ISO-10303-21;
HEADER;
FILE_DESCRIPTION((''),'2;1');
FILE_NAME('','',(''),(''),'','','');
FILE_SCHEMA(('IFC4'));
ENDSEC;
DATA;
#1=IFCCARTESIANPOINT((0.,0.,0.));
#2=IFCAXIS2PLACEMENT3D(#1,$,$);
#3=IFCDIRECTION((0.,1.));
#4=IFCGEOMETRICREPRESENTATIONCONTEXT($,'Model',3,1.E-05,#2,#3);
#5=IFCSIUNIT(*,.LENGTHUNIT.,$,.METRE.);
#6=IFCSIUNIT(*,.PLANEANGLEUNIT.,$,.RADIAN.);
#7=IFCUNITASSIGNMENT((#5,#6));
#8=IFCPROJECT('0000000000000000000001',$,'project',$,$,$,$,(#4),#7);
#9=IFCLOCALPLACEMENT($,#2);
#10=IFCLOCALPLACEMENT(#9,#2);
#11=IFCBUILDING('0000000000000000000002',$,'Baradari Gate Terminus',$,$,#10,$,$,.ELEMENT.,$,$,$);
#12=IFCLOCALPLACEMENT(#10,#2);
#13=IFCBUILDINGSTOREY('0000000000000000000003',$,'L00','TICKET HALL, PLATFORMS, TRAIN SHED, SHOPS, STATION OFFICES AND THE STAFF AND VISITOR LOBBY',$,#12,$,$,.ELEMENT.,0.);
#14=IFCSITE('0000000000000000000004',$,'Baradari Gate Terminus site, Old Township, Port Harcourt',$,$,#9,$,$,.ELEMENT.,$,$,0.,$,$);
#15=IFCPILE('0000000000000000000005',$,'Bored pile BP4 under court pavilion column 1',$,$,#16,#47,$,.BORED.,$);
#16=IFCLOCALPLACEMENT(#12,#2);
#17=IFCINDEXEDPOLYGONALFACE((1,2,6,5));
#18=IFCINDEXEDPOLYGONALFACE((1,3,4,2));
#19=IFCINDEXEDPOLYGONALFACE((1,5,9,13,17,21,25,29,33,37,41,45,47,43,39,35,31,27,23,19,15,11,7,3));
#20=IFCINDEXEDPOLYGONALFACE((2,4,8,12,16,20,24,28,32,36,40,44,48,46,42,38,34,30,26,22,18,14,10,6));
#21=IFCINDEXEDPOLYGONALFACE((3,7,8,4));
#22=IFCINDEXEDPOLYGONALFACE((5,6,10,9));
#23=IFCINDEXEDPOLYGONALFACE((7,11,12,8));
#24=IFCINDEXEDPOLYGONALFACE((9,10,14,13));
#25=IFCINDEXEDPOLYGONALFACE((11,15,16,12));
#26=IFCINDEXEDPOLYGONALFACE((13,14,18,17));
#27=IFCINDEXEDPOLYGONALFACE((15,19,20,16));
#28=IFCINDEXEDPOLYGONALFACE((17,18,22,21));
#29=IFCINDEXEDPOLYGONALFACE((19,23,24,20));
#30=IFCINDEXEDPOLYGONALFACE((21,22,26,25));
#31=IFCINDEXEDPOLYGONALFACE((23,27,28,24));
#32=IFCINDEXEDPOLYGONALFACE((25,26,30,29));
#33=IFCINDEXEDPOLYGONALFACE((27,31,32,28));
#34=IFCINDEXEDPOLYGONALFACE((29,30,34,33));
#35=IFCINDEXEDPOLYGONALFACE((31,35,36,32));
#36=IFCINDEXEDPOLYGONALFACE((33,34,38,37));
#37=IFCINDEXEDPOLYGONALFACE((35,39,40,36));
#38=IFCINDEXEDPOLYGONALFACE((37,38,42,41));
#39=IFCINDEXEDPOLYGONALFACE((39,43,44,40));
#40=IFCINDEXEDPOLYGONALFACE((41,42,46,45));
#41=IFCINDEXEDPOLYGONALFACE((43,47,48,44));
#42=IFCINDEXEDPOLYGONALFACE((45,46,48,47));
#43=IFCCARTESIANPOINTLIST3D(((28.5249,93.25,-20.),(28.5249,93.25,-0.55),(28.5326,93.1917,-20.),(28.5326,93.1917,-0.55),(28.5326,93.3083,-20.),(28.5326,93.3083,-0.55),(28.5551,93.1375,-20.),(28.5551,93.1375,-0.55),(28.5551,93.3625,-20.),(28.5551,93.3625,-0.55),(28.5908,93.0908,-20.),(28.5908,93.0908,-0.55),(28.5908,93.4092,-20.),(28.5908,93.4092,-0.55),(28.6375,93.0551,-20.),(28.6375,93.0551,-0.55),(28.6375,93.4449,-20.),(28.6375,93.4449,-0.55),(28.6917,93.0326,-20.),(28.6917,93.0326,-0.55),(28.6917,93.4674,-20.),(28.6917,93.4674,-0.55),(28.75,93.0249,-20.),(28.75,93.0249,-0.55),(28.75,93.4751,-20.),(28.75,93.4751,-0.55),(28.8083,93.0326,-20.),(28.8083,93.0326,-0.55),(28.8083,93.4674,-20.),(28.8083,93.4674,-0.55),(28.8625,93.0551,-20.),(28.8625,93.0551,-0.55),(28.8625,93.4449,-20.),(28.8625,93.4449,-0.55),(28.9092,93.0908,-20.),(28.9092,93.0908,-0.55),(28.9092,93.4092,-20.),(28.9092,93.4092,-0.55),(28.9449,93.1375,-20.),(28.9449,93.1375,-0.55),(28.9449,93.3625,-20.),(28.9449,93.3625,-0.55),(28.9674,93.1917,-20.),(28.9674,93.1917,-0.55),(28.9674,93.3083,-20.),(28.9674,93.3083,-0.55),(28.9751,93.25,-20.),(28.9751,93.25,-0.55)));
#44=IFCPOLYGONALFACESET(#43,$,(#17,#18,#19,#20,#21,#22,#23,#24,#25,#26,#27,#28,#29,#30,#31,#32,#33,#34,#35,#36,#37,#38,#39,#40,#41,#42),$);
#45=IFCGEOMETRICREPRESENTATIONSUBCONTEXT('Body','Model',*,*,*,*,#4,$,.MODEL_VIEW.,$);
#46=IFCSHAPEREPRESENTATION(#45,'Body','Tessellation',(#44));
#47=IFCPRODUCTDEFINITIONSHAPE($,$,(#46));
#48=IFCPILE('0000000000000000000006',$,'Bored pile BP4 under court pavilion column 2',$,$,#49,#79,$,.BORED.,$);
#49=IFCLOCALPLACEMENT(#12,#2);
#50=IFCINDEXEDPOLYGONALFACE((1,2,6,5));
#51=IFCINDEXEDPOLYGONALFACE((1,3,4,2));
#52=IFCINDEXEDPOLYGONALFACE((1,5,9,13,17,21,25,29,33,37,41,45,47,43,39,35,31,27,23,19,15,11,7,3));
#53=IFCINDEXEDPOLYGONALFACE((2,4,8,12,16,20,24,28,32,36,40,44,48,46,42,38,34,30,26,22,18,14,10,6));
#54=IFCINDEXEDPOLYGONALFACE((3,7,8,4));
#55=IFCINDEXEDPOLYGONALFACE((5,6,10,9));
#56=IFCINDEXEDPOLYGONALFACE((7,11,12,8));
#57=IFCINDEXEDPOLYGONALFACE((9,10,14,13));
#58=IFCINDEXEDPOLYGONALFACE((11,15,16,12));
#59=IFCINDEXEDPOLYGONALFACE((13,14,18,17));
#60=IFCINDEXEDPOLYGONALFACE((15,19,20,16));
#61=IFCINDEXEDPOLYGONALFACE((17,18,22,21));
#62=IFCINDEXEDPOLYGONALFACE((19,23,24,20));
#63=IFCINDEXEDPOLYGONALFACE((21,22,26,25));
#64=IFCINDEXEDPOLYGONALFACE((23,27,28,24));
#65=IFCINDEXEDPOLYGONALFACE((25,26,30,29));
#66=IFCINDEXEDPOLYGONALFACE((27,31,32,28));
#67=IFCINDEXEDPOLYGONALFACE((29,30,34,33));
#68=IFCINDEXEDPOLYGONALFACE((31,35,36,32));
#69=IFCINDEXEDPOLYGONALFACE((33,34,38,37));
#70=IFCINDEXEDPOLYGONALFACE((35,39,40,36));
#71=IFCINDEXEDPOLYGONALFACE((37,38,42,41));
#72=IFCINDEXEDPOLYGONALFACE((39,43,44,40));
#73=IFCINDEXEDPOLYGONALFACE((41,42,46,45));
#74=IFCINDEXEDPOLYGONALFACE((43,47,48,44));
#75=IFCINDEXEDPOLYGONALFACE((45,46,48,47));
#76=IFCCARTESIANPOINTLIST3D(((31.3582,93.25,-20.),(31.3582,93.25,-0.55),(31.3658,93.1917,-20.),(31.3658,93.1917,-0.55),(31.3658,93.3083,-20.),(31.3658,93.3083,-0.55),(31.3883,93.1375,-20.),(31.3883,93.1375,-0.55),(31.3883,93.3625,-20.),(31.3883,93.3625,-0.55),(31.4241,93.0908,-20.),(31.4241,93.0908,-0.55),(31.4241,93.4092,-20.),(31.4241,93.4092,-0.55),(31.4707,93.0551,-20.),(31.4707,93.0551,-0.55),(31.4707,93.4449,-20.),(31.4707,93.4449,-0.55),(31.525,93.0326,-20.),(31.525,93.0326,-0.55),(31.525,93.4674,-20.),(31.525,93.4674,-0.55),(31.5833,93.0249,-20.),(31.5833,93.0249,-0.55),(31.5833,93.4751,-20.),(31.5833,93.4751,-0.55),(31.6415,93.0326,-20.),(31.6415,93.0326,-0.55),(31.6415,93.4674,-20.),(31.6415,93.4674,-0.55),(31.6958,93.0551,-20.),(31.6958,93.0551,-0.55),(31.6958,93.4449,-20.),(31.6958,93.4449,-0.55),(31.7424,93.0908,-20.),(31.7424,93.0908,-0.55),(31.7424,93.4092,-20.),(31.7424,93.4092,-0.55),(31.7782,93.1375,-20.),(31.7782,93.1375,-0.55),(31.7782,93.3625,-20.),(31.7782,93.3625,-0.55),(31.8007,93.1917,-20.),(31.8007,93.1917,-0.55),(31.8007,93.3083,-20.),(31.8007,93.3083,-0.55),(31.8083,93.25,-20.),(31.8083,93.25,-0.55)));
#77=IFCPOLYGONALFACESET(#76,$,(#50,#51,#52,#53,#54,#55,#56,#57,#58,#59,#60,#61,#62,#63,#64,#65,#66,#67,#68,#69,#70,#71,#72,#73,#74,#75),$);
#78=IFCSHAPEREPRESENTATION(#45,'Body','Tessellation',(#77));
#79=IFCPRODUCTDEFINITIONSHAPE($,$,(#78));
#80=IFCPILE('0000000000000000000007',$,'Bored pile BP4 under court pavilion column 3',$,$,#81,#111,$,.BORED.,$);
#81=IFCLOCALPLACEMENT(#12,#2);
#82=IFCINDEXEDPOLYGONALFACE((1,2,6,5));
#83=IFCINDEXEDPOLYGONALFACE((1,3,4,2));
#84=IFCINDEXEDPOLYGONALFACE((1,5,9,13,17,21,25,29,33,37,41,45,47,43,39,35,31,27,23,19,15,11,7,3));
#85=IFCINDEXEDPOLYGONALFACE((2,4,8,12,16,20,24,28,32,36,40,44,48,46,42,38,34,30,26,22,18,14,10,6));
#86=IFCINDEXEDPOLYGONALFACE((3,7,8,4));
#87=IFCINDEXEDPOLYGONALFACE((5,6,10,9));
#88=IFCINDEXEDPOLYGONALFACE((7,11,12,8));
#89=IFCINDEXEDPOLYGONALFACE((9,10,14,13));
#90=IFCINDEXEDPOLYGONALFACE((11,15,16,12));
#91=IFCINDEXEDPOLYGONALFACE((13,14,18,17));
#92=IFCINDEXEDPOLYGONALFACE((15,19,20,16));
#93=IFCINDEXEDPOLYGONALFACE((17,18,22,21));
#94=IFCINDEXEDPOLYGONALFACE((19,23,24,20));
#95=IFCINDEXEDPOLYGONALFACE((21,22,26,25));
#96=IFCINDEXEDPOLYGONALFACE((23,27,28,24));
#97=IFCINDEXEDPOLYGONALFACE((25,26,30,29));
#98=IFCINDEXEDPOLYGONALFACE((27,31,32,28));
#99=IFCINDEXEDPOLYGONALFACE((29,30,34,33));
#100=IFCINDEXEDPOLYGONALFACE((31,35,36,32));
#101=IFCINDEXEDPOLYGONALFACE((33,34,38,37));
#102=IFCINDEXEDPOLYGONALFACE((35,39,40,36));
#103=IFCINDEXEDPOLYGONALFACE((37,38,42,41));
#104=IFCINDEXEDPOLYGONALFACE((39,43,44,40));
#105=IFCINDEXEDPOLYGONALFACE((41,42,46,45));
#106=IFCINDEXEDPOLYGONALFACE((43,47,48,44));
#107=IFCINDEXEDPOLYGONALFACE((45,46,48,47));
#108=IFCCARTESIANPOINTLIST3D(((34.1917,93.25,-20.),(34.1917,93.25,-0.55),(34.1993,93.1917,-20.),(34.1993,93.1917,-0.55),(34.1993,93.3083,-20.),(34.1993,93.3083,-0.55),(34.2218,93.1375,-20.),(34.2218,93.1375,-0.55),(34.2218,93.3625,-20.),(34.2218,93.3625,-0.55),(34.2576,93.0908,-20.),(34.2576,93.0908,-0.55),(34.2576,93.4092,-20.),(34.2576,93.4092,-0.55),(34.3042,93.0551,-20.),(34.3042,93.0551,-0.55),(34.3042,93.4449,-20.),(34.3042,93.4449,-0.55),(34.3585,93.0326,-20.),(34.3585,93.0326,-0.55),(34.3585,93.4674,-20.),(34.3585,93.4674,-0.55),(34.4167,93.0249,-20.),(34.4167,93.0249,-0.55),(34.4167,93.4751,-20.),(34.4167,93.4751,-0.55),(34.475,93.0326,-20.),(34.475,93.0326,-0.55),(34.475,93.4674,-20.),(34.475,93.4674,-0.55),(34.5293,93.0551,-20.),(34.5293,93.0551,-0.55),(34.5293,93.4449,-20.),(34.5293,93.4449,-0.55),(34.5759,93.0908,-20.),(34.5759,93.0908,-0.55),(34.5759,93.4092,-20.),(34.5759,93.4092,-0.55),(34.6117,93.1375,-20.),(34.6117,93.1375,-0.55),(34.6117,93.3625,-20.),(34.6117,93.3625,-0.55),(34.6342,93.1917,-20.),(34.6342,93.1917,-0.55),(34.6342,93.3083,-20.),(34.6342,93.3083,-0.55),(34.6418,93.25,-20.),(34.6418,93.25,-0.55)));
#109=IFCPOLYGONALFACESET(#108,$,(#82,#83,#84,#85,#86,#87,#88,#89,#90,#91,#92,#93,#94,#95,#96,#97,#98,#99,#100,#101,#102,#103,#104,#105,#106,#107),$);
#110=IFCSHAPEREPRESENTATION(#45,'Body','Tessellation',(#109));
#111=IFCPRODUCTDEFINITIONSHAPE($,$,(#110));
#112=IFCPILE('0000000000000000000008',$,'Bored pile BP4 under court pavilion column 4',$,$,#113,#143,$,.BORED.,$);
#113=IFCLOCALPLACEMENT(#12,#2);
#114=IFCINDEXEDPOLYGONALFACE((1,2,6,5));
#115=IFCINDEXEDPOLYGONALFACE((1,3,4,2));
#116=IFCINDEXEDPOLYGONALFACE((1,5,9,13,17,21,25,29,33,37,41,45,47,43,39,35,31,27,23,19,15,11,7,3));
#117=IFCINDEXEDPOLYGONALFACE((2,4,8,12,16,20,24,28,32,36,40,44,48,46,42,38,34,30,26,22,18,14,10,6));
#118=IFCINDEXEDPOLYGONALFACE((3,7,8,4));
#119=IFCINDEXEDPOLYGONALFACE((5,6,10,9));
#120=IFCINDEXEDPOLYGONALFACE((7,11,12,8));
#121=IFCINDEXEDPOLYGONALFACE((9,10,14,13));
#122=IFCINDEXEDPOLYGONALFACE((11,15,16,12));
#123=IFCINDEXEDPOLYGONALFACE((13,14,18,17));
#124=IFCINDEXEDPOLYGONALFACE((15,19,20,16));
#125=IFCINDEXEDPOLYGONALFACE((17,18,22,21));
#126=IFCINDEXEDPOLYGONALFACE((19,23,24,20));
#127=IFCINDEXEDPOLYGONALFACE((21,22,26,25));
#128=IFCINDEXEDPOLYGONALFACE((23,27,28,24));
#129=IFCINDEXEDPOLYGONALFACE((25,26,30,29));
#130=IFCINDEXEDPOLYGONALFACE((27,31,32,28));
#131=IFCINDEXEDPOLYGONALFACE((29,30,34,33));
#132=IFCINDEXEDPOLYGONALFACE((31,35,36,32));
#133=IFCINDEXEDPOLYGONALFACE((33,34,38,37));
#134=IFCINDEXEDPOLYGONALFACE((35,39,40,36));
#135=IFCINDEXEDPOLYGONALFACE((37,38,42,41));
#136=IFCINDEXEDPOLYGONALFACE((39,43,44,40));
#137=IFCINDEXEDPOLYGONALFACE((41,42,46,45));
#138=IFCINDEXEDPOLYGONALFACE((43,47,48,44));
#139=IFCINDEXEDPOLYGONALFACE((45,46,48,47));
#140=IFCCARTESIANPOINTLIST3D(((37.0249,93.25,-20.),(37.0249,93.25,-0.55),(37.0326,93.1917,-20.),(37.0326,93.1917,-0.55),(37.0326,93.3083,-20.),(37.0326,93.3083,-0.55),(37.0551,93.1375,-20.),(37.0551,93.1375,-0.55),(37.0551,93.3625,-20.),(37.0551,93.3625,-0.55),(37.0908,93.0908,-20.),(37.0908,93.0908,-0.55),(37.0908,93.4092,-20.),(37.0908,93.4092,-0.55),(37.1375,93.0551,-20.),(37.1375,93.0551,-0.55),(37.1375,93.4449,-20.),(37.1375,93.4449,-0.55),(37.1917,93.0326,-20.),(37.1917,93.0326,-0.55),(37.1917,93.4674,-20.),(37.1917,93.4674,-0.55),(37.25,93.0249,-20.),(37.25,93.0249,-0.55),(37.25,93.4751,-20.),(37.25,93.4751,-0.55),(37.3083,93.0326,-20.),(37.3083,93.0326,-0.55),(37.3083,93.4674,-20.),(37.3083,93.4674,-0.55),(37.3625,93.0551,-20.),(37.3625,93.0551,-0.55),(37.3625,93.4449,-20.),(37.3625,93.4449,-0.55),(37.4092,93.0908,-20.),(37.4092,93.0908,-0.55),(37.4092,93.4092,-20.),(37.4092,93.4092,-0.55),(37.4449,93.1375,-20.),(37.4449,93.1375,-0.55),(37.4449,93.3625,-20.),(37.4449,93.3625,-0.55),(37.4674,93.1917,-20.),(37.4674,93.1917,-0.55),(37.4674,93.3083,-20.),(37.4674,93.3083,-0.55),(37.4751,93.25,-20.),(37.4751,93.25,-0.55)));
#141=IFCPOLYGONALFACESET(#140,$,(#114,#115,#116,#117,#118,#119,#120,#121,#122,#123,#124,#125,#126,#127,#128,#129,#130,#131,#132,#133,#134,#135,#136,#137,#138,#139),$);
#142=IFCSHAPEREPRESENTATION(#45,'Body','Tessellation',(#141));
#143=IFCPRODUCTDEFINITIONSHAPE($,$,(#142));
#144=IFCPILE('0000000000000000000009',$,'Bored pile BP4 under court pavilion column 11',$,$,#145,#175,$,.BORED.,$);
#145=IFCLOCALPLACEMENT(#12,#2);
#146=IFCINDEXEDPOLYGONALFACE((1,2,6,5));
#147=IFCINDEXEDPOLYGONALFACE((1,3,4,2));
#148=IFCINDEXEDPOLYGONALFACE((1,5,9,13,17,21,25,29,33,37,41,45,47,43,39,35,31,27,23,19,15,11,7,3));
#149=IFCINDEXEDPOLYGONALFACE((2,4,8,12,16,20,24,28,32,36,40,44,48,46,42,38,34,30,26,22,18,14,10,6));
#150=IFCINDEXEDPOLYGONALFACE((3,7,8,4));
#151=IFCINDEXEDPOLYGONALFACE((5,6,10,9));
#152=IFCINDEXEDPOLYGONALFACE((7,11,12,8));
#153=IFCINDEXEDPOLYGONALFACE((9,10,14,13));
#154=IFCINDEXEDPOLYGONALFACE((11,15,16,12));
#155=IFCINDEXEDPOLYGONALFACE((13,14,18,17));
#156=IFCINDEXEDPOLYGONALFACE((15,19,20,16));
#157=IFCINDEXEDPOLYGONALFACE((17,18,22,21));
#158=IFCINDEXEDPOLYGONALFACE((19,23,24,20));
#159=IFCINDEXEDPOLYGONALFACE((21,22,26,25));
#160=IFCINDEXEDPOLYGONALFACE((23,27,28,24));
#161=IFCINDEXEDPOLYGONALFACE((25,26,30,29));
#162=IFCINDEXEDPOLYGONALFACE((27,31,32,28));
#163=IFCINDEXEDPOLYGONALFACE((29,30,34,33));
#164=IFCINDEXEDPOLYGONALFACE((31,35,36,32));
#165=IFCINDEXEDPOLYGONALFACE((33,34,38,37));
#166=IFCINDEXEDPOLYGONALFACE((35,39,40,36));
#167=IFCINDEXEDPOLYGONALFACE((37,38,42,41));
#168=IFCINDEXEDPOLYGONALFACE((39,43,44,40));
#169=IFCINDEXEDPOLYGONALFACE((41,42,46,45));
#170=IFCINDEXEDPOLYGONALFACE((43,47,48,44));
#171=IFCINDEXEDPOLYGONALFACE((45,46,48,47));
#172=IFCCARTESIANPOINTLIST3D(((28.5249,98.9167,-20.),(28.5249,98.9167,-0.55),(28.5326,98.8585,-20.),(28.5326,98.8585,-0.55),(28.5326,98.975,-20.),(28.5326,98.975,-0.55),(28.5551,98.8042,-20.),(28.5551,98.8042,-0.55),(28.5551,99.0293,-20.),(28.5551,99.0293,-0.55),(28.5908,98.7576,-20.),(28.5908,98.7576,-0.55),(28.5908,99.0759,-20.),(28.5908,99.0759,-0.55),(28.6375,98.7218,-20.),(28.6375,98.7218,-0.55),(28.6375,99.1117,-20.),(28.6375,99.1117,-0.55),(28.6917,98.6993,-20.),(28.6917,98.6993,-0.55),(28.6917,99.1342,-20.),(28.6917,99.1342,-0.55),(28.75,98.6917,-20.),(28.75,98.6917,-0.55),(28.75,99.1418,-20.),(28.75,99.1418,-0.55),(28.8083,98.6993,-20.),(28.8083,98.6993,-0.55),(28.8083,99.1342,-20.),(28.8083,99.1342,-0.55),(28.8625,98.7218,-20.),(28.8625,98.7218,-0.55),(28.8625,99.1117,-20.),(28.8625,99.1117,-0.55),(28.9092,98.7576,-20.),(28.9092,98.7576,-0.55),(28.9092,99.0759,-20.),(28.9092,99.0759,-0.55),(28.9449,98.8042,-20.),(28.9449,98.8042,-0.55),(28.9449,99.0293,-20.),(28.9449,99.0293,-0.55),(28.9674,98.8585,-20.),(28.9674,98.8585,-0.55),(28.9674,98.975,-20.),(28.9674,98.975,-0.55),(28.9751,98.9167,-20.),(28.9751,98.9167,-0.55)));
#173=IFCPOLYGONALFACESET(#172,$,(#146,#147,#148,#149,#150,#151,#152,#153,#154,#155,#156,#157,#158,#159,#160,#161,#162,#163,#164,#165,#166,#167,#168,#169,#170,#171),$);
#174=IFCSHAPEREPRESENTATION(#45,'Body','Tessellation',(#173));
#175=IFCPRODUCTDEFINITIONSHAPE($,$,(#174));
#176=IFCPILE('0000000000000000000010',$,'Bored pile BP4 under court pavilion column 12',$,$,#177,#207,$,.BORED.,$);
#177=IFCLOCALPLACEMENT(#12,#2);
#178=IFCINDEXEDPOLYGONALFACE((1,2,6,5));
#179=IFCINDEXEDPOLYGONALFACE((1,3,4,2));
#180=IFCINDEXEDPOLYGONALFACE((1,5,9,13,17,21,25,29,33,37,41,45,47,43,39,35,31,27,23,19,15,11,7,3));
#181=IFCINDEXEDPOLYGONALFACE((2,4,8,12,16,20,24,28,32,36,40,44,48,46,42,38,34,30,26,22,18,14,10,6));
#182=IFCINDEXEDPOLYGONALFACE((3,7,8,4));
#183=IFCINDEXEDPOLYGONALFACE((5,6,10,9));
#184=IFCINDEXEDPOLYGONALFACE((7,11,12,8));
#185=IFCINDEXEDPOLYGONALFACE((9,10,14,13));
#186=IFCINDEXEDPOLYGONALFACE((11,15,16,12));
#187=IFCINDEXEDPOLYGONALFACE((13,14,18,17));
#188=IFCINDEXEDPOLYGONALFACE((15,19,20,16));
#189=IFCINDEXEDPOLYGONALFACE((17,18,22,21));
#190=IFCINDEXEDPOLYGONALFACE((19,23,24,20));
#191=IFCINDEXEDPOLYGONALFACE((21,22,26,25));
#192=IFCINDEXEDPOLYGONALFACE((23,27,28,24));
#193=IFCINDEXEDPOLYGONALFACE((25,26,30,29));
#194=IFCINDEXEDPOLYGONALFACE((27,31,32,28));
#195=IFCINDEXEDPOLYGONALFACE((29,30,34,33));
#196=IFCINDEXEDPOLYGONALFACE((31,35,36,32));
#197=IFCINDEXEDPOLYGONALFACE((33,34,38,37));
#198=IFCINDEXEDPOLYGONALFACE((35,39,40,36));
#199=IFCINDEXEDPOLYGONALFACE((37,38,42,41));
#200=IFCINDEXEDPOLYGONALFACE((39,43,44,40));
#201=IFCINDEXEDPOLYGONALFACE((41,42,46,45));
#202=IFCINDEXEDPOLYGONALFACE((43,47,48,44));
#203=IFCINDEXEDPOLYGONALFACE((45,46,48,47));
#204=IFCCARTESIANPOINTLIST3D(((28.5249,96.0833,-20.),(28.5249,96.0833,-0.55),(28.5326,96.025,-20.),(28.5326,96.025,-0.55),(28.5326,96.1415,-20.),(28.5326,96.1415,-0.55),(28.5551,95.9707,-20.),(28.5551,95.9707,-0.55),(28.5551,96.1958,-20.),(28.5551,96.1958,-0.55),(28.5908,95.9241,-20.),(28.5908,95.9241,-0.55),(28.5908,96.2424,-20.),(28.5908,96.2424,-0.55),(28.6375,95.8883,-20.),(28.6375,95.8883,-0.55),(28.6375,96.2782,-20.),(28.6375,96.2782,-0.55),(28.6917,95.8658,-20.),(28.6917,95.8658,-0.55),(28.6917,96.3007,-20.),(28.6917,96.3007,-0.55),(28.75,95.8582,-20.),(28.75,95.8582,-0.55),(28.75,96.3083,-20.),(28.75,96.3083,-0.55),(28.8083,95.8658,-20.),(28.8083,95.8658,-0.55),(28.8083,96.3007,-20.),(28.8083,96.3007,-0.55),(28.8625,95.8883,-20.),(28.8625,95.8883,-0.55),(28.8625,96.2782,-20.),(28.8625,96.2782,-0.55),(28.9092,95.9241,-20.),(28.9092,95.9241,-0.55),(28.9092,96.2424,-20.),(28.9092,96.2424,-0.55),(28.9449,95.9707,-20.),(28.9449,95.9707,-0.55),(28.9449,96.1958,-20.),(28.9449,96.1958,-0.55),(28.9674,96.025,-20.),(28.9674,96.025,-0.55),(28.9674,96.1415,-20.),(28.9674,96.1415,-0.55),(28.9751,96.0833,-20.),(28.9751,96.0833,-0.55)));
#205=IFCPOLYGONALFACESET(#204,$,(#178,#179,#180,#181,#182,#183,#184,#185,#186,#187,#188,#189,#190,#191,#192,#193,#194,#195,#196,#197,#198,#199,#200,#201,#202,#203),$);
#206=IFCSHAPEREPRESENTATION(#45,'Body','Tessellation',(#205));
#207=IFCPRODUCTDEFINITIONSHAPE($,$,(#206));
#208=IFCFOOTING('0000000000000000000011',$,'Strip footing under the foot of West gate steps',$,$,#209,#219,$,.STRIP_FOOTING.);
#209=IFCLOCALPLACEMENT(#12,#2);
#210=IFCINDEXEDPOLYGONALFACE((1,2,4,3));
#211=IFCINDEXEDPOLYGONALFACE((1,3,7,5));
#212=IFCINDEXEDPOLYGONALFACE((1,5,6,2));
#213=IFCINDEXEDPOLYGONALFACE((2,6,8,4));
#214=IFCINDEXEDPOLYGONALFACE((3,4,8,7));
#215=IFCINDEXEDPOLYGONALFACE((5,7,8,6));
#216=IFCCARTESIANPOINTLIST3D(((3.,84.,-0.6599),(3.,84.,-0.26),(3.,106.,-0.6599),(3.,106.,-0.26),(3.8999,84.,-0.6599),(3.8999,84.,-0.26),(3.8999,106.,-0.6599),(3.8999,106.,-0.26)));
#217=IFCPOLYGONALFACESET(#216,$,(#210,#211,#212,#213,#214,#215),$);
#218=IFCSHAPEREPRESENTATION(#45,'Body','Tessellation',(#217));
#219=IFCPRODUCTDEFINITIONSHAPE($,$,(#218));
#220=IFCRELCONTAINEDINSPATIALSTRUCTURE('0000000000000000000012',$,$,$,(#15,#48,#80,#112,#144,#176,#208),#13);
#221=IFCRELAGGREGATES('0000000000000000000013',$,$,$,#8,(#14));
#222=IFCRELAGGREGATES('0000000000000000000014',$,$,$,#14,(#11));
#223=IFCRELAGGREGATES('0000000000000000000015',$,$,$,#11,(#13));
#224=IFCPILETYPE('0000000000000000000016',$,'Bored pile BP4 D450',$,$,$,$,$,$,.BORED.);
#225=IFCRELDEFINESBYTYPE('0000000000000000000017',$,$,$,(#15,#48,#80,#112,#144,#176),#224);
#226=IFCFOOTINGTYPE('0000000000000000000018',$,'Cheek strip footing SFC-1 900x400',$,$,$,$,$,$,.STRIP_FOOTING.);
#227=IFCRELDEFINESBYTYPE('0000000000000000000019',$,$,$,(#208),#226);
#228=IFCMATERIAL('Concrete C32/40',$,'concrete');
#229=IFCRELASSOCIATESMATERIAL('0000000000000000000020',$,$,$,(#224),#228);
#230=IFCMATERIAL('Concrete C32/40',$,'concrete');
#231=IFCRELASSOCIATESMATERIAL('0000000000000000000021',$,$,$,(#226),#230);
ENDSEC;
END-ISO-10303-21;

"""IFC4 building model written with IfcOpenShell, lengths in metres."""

from ifc_helpers import new_model, si_unit, direction, frame, origin, origin_2d, place, context, subcontext, project, spatial, rectangle, circle, extrude, material, type_object, element, save


model = new_model("IFC4")

# Units and contexts
model_context = context("Model", 3, precision=1e-05, world=origin(), true_north=direction((0.0, 1.0)))
body_context = subcontext(model_context, "Body", "Model", "MODEL_VIEW")
ifc_project = project(units=[si_unit("LENGTHUNIT", "METRE"), si_unit("PLANEANGLEUNIT", "RADIAN")], contexts=[model_context])

# Site, building, storey
site_placement = place(None, origin())
site = spatial("IfcSite", under=ifc_project, at=site_placement, Name="Baradari Gate Terminus site, Old Township, Port Harcourt", CompositionType="ELEMENT", RefElevation=0.0)
building_placement = place(site_placement, origin())
building = spatial("IfcBuilding", under=site, at=building_placement, Name="Baradari Gate Terminus", CompositionType="ELEMENT")
storey_placement = place(building_placement, origin())
storey = spatial("IfcBuildingStorey", under=building, at=storey_placement, Name="L00", Description="TICKET HALL, PLATFORMS, TRAIN SHED, SHOPS, STATION OFFICES AND THE STAFF AND VISITOR LOBBY", CompositionType="ELEMENT", Elevation=0.0)

# Piles
ifc_material_1 = material(Name="Concrete C32/40", Category="concrete")
pile_type = type_object("IfcPileType", Name="Bored pile BP4 D450", PredefinedType="BORED", material=ifc_material_1)
for number, where, z_axis, x_axis, name in (
    (1, (28.75, 93.25, -0.55), (0.0, 0.0, -1.0), (1.0, 0.0, 0.0), "Bored pile BP4 under court pavilion column 1"),
    (2, (31.5833, 93.25, -0.55), (0.0, 0.0, -1.0), (1.0, 0.0, 0.0), "Bored pile BP4 under court pavilion column 2"),
    (3, (34.4167, 93.25, -0.55), (0.0, 0.0, -1.0), (1.0, 0.0, 0.0), "Bored pile BP4 under court pavilion column 3"),
    (4, (37.25, 93.25, -0.55), (0.0, 0.0, -1.0), (1.0, 0.0, 0.0), "Bored pile BP4 under court pavilion column 4"),
    (5, (28.75, 98.9167, -0.55), (0.0, 0.0, -1.0), (1.0, 0.0, 0.0), "Bored pile BP4 under court pavilion column 11"),
    (6, (28.75, 96.0833, -0.55), (0.0, 0.0, -1.0), (1.0, 0.0, 0.0), "Bored pile BP4 under court pavilion column 12"),
):
    element("IfcPile", number, at=place(storey_placement, frame(where, z_axis=z_axis, x_axis=x_axis)), inside=storey, type_object=pile_type, Name=name, PredefinedType="BORED", context=body_context, shape_type="SweptSolid", body=[
        extrude(circle(Radius=0.2251, at=origin_2d()), origin(), (0.0, 0.0, 1.0), 19.45),
    ])

# Footing
ifc_material_2 = material(Name="Concrete C32/40", Category="concrete")
footing_type_1 = type_object("IfcFootingType", Name="Cheek strip footing SFC-1 900x400", PredefinedType="STRIP_FOOTING", material=ifc_material_2)
footing_placement = place(storey_placement, frame((3.45, 95.0, -0.6599), z_axis=(0.0, 0.0, 1.0), x_axis=(1.0, 0.0, 0.0)))
element("IfcFooting", 7, at=footing_placement, inside=storey, type_object=footing_type_1, Name="Strip footing under the foot of West gate steps", PredefinedType="STRIP_FOOTING", context=body_context, shape_type="SweptSolid", body=[
    extrude(rectangle(XDim=0.8999, YDim=22.0, at=origin_2d()), origin(), (0.0, 0.0, 1.0), 0.3999),
])

save(model, "model.ifc")
